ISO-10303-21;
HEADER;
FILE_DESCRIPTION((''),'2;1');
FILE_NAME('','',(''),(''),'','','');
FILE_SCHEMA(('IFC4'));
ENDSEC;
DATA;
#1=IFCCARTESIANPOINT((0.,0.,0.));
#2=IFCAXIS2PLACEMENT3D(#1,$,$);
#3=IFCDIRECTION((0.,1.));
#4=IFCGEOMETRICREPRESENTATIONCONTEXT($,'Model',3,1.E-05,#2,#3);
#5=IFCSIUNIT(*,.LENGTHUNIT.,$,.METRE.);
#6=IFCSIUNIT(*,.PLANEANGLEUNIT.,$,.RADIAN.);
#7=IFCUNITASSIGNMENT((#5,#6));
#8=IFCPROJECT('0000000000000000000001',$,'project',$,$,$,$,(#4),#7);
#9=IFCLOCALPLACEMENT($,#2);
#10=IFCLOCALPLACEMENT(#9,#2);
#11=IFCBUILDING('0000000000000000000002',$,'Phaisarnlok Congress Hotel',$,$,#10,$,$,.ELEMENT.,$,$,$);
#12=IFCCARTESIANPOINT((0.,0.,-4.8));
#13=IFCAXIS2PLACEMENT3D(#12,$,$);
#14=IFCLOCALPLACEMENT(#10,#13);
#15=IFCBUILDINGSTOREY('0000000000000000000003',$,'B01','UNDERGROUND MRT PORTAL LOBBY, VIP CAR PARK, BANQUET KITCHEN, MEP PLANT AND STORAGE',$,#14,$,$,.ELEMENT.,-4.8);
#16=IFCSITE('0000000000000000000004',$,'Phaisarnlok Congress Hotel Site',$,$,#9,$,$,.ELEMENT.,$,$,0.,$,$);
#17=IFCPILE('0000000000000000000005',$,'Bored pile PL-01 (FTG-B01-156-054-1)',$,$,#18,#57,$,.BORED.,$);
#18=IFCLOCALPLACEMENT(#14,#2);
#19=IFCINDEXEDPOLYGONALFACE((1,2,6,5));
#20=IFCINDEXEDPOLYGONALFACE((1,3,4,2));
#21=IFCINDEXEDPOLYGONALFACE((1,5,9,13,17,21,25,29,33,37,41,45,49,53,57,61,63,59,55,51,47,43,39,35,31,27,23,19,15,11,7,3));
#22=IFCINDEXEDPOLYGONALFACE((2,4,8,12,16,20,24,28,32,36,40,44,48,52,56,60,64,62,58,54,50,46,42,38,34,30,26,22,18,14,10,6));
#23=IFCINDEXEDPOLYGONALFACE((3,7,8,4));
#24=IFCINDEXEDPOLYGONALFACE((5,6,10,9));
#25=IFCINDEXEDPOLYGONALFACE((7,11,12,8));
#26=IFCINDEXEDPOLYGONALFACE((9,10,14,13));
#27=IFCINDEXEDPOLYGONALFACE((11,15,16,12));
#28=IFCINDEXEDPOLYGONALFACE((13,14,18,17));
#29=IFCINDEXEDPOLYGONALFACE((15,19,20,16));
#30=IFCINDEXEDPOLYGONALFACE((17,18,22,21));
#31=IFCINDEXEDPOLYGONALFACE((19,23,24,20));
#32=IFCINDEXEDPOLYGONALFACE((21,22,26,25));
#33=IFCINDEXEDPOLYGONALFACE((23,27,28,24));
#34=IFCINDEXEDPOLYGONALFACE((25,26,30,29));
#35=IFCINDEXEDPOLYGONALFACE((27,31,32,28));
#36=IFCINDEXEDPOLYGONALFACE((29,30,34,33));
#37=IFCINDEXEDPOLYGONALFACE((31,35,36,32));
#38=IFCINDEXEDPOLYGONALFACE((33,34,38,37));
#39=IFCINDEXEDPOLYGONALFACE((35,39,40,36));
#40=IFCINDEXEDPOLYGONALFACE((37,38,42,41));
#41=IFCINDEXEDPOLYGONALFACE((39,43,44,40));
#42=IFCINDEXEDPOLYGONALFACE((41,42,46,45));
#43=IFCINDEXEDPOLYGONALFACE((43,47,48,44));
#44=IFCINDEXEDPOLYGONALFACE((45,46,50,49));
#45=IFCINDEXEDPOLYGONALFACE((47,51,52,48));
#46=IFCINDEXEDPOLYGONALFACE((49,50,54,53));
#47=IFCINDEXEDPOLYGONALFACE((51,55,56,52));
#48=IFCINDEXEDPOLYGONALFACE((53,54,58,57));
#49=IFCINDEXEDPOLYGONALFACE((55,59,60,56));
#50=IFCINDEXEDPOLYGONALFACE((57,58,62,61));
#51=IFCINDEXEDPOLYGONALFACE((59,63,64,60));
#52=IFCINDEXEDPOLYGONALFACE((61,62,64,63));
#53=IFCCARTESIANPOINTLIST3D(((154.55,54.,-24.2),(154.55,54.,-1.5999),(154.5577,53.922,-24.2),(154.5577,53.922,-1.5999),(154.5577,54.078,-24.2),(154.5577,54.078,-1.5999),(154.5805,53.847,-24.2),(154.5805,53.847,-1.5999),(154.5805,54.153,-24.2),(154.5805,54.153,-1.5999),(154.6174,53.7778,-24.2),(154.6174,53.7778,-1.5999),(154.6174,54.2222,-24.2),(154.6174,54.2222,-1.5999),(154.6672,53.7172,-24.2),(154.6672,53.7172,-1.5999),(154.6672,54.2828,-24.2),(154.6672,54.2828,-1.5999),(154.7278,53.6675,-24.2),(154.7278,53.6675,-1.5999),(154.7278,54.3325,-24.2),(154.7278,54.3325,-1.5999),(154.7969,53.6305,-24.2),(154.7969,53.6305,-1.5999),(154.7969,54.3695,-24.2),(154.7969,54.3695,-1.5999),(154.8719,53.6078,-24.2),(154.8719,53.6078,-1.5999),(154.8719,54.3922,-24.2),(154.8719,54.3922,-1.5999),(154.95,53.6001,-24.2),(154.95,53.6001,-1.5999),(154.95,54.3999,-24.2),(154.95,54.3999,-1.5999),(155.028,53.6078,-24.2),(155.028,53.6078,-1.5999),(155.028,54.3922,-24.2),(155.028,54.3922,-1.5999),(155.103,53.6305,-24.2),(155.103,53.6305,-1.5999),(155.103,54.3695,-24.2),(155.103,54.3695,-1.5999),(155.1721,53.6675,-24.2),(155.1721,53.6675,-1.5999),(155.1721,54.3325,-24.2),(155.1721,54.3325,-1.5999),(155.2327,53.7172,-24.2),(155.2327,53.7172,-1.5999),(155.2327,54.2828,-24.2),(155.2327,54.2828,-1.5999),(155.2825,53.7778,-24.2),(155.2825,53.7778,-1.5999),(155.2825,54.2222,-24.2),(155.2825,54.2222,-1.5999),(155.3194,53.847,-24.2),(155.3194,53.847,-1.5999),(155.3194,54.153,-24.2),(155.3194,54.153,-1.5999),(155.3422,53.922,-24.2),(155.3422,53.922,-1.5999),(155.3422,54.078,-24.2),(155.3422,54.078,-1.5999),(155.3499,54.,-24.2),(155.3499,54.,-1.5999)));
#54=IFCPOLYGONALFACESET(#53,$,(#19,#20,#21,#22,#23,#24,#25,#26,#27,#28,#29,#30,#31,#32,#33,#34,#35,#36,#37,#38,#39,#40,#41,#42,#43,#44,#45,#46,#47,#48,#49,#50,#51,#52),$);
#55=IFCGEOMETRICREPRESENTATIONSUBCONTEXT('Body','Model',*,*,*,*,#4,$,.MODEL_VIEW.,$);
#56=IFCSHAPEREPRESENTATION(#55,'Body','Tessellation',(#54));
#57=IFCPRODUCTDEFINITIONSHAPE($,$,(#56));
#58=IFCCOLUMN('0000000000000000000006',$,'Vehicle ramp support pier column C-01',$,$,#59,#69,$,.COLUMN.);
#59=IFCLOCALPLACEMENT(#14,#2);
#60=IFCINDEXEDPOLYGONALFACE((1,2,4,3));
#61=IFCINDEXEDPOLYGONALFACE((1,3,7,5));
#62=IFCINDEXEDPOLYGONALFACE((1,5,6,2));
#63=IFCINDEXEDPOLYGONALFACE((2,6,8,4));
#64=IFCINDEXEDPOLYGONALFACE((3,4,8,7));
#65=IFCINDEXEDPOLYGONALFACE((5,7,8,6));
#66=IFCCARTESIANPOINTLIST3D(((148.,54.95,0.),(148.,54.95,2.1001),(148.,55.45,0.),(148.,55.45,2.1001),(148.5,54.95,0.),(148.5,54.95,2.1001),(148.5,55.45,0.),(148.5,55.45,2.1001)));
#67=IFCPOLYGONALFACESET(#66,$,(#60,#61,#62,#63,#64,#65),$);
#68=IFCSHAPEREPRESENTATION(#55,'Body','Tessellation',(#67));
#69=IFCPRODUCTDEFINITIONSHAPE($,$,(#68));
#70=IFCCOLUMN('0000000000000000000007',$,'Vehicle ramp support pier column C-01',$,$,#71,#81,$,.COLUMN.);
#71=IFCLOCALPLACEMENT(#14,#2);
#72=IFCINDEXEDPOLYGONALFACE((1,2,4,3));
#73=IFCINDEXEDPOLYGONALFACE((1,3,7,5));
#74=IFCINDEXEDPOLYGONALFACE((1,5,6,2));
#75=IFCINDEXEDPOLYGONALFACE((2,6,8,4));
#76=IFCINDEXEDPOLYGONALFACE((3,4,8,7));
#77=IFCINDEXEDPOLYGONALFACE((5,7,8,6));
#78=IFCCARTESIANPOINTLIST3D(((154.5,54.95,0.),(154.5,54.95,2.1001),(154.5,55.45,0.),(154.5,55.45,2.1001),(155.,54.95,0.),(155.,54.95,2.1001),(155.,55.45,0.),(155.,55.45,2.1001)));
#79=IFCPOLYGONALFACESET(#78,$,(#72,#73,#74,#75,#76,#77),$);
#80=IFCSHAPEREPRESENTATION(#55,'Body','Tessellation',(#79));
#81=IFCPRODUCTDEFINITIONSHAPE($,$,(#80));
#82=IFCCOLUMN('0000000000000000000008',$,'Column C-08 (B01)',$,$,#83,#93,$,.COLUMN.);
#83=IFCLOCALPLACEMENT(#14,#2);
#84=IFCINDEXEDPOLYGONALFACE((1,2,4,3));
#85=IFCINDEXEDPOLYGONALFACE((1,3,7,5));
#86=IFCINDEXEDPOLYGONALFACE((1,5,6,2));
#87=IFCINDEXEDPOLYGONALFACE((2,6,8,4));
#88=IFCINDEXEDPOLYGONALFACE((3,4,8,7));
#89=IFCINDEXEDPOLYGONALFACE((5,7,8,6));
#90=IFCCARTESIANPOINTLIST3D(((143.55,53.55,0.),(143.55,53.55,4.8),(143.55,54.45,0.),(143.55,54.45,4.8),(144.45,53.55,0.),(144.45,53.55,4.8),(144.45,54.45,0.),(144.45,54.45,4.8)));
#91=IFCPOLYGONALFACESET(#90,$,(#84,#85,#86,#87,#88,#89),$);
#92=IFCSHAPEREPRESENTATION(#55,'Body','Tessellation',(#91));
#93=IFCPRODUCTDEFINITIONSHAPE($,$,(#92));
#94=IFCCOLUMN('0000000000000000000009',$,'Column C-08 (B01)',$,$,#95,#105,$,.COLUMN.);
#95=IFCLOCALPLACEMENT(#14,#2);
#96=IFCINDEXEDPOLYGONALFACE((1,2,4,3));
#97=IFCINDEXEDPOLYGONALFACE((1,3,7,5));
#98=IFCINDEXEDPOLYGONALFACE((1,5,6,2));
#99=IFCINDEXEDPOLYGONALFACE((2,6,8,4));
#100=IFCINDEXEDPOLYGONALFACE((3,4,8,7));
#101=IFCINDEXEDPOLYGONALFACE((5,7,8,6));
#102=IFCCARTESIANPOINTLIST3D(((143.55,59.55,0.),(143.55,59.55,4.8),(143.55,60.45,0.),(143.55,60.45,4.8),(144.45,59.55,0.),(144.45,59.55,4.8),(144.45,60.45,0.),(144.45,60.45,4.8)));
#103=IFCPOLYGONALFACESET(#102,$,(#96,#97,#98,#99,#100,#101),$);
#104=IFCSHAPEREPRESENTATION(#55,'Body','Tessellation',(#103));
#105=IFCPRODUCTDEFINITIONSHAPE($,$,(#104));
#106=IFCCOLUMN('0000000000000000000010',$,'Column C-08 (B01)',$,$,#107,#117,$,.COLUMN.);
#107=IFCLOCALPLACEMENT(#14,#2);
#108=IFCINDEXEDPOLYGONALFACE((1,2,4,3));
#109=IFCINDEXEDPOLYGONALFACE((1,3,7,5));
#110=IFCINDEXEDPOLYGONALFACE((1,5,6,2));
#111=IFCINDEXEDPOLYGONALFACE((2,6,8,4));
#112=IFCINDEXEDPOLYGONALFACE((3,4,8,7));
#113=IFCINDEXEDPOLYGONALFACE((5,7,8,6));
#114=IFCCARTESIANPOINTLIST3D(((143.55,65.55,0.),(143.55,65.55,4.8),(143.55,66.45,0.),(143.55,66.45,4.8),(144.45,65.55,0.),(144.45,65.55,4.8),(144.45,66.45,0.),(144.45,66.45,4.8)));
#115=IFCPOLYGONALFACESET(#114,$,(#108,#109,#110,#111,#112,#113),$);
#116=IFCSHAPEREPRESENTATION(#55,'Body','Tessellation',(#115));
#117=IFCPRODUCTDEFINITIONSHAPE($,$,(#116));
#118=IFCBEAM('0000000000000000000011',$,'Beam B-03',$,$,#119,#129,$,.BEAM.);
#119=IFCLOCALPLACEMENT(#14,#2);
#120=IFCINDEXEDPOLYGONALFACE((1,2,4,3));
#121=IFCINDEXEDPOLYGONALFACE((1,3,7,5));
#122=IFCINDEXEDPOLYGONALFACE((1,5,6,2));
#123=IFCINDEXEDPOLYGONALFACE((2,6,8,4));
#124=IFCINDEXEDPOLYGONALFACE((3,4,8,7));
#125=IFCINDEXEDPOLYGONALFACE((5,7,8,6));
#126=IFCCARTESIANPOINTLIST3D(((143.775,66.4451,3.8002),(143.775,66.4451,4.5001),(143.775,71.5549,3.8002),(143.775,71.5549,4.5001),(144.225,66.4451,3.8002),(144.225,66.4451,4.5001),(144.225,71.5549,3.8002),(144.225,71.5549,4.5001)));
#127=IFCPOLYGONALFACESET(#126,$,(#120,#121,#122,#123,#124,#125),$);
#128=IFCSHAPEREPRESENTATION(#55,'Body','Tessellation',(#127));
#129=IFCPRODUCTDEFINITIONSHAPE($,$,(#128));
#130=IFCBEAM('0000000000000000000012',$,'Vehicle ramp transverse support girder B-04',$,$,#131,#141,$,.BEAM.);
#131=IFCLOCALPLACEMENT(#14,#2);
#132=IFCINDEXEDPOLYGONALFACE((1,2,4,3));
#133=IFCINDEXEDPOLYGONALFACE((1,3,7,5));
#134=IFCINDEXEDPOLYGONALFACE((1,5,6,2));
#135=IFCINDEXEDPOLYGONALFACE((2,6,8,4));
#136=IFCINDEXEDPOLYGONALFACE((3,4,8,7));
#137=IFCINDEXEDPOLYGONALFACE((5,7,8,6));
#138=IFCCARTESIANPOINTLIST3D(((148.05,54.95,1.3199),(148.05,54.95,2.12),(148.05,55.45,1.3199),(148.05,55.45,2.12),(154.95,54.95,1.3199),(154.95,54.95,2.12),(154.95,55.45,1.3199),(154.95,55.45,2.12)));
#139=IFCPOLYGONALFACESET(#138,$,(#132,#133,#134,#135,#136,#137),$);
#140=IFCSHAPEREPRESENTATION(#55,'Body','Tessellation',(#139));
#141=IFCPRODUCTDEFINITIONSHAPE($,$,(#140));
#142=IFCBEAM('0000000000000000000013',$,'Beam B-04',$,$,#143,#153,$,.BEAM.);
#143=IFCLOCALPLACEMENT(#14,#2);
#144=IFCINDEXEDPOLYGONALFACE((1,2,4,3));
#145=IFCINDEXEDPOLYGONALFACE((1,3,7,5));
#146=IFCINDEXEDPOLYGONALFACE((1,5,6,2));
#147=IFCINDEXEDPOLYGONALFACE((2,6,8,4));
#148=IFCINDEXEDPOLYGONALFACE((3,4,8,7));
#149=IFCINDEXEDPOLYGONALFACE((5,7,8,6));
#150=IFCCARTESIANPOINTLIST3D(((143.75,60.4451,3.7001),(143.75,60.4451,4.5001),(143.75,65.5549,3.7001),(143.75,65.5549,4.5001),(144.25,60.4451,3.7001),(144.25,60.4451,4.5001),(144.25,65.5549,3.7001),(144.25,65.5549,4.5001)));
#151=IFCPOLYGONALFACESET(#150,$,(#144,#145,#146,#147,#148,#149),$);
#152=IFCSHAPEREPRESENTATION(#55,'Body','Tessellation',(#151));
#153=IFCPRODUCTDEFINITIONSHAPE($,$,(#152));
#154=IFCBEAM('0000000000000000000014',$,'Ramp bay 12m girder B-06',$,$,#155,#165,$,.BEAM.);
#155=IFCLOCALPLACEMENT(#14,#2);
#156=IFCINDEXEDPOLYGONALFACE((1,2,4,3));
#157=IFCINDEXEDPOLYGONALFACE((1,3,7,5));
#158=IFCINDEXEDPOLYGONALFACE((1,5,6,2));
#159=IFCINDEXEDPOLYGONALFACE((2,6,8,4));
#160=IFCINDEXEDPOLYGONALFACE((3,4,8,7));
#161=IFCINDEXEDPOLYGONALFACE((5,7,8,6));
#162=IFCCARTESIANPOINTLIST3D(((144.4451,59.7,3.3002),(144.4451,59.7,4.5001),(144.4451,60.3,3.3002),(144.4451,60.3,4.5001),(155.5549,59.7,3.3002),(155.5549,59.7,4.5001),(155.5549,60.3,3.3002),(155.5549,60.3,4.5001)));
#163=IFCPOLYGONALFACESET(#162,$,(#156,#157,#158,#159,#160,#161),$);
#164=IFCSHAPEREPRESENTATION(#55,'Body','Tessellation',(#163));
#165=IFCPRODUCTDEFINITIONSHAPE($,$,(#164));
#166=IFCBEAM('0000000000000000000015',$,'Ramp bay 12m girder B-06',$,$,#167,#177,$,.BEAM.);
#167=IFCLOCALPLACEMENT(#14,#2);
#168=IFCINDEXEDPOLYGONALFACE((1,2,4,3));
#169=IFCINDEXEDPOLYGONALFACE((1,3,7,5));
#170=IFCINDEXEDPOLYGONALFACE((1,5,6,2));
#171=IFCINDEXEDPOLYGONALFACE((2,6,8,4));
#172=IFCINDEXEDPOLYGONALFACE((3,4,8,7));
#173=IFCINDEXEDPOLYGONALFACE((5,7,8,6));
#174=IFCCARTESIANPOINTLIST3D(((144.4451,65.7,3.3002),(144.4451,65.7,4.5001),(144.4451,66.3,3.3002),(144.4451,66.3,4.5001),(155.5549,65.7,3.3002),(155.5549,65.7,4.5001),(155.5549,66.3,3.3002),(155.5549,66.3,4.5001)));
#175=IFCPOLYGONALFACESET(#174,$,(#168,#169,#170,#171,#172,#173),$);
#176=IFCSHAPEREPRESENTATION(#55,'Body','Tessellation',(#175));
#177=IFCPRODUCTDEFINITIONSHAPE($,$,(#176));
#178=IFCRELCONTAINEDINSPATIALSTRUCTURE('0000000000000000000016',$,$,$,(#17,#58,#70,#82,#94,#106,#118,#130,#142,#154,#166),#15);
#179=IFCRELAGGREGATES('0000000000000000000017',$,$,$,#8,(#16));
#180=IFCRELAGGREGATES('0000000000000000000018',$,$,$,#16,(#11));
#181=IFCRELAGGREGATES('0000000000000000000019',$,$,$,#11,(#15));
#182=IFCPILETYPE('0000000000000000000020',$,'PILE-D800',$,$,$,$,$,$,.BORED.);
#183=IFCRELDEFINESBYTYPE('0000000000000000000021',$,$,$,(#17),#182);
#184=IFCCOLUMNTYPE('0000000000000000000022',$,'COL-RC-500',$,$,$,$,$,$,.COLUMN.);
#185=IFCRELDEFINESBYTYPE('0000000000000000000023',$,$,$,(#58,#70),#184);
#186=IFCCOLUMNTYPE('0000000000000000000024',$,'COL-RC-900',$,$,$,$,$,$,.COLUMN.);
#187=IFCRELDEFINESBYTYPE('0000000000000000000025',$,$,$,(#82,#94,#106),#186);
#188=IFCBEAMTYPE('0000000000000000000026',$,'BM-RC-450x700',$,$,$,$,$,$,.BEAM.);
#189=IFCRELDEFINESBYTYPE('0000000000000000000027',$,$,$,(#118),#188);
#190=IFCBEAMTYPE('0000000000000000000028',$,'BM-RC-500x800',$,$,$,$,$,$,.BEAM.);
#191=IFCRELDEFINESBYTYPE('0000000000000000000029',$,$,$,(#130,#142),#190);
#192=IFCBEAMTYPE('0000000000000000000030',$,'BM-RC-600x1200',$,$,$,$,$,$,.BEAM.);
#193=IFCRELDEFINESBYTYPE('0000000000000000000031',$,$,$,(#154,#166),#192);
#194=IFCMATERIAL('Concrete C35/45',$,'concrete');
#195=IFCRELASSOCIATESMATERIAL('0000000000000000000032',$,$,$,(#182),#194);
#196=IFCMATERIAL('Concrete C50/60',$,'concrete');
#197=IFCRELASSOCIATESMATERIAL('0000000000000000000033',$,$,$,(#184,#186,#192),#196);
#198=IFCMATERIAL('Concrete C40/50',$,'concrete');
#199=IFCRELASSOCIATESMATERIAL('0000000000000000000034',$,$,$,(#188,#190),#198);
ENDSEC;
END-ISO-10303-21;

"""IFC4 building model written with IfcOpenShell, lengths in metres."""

from ifc_helpers import new_model, si_unit, direction, frame, origin, origin_2d, place, context, subcontext, project, spatial, rectangle, circle, extrude, material, material_profile, profile_set, type_object, element, save


model = new_model("IFC4")

# Units and contexts
model_context = context("Model", 3, precision=1e-05, world=origin(), true_north=direction((0.0, 1.0)))
body_context = subcontext(model_context, "Body", "Model", "MODEL_VIEW")
ifc_project = project(units=[si_unit("LENGTHUNIT", "METRE"), si_unit("PLANEANGLEUNIT", "RADIAN")], contexts=[model_context])

# Site, building, storey
site_placement = place(None, origin())
site = spatial("IfcSite", under=ifc_project, at=site_placement, Name="Phaisarnlok Congress Hotel Site", CompositionType="ELEMENT", RefElevation=0.0)
building_placement = place(site_placement, origin())
building = spatial("IfcBuilding", under=site, at=building_placement, Name="Phaisarnlok Congress Hotel", CompositionType="ELEMENT")
storey_placement = place(building_placement, frame((0.0, 0.0, -4.8)))
storey = spatial("IfcBuildingStorey", under=building, at=storey_placement, Name="B01", Description="UNDERGROUND MRT PORTAL LOBBY, VIP CAR PARK, BANQUET KITCHEN, MEP PLANT AND STORAGE", CompositionType="ELEMENT", Elevation=-4.8)

# Shared definitions
ifc_material_1 = material(Name="Concrete C40/50", Category="concrete")

# Pile
ifc_material_2 = material(Name="Concrete C35/45", Category="concrete")
ifc_material_profile_1 = material_profile(ifc_material_2, circle(Radius=0.3999, at=origin_2d()), Name="BORED PILE D800")
ifc_profile_set_1 = profile_set([ifc_material_profile_1], Name="Concrete C35/45")
pile_type_1 = type_object("IfcPileType", Name="PILE-D800", PredefinedType="BORED", material=ifc_profile_set_1)
pile_1_placement = place(storey_placement, frame((154.95, 54.0, -1.5999), z_axis=(0.0, 0.0, -1.0), x_axis=(1.0, 0.0, 0.0)))
element("IfcPile", 1, at=pile_1_placement, inside=storey, type_object=pile_type_1, Name="Bored pile PL-01 (FTG-B01-156-054-1)", PredefinedType="BORED", context=body_context, shape_type="SweptSolid", body=[
    extrude(circle(Radius=0.3999, at=origin_2d()), origin(), (0.0, 0.0, 1.0), 22.6001),
])

# Columns
ifc_material_3 = material(Name="Concrete C50/60", Category="concrete")
ifc_material_profile_2 = material_profile(ifc_material_3, rectangle(XDim=0.5, YDim=0.5, at=origin_2d()), Name="RC 500x500")
ifc_profile_set_2 = profile_set([ifc_material_profile_2], Name="Concrete C50/60")
column_type_1 = type_object("IfcColumnType", Name="COL-RC-500", PredefinedType="COLUMN", material=ifc_profile_set_2)
for number, where, z_axis, x_axis, name in (
    (2, (148.25, 55.2, 0.0), (0.0, 0.0, 1.0), (1.0, 0.0, 0.0), "Vehicle ramp support pier column C-01"),
    (3, (154.75, 55.2, 0.0), (0.0, 0.0, 1.0), (1.0, 0.0, 0.0), "Vehicle ramp support pier column C-01"),
):
    element("IfcColumn", number, at=place(storey_placement, frame(where, z_axis=z_axis, x_axis=x_axis)), inside=storey, type_object=column_type_1, Name=name, PredefinedType="COLUMN", context=body_context, shape_type="SweptSolid", body=[
        extrude(rectangle(XDim=0.5, YDim=0.5, at=origin_2d()), origin(), (0.0, 0.0, 1.0), 2.1001),
    ])
ifc_material_profile_3 = material_profile(ifc_material_3, rectangle(XDim=0.8999, YDim=0.8999, at=origin_2d()), Name="RC 900x900")
ifc_profile_set_3 = profile_set([ifc_material_profile_3], Name="Concrete C50/60")
column_type_2 = type_object("IfcColumnType", Name="COL-RC-900", PredefinedType="COLUMN", material=ifc_profile_set_3)
for number, where, z_axis, x_axis, name in (
    (4, (144.0, 54.0, 0.0), (0.0, 0.0, 1.0), (1.0, 0.0, 0.0), "Column C-08 (B01)"),
    (5, (144.0, 60.0, 0.0), (0.0, 0.0, 1.0), (1.0, 0.0, 0.0), "Column C-08 (B01)"),
    (6, (144.0, 66.0, 0.0), (0.0, 0.0, 1.0), (1.0, 0.0, 0.0), "Column C-08 (B01)"),
):
    element("IfcColumn", number, at=place(storey_placement, frame(where, z_axis=z_axis, x_axis=x_axis)), inside=storey, type_object=column_type_2, Name=name, PredefinedType="COLUMN", context=body_context, shape_type="SweptSolid", body=[
        extrude(rectangle(XDim=0.8999, YDim=0.8999, at=origin_2d()), origin(), (0.0, 0.0, 1.0), 4.8),
    ])

# Beams
ifc_material_profile_4 = material_profile(ifc_material_1, rectangle(XDim=0.45, YDim=0.7, at=origin_2d()), Name="RC 450x700")
ifc_profile_set_4 = profile_set([ifc_material_profile_4], Name="Concrete C40/50")
beam_type_1 = type_object("IfcBeamType", Name="BM-RC-450x700", PredefinedType="BEAM", material=ifc_profile_set_4)
beam_1_placement = place(storey_placement, frame((144.0, 66.4451, 4.1501), z_axis=(0.0, 1.0, 0.0), x_axis=(-1.0, 0.0, 0.0)))
element("IfcBeam", 7, at=beam_1_placement, inside=storey, type_object=beam_type_1, Name="Beam B-03", PredefinedType="BEAM", context=body_context, shape_type="SweptSolid", body=[
    extrude(rectangle(XDim=0.45, YDim=0.7, at=origin_2d()), origin(), (0.0, 0.0, 1.0), 5.1099),
])
ifc_material_profile_5 = material_profile(ifc_material_1, rectangle(XDim=0.5, YDim=0.8, at=origin_2d()), Name="RC 500x800")
ifc_profile_set_5 = profile_set([ifc_material_profile_5], Name="Concrete C40/50")
beam_type_2 = type_object("IfcBeamType", Name="BM-RC-500x800", PredefinedType="BEAM", material=ifc_profile_set_5)
beam_2_placement = place(storey_placement, frame((148.05, 55.2, 1.72), z_axis=(1.0, 0.0, 0.0), x_axis=(0.0, 1.0, 0.0)))
element("IfcBeam", 8, at=beam_2_placement, inside=storey, type_object=beam_type_2, Name="Vehicle ramp transverse support girder B-04", PredefinedType="BEAM", context=body_context, shape_type="SweptSolid", body=[
    extrude(rectangle(XDim=0.5, YDim=0.8, at=origin_2d()), origin(), (0.0, 0.0, 1.0), 6.8999),
])
beam_3_placement = place(storey_placement, frame((144.0, 60.4451, 4.1001), z_axis=(0.0, 1.0, 0.0), x_axis=(-1.0, 0.0, 0.0)))
element("IfcBeam", 9, at=beam_3_placement, inside=storey, type_object=beam_type_2, Name="Beam B-04", PredefinedType="BEAM", context=body_context, shape_type="SweptSolid", body=[
    extrude(rectangle(XDim=0.5, YDim=0.8, at=origin_2d()), origin(), (0.0, 0.0, 1.0), 5.1099),
])
ifc_material_profile_6 = material_profile(ifc_material_3, rectangle(XDim=0.6001, YDim=1.2, at=origin_2d()), Name="RC 600x1200")
ifc_profile_set_6 = profile_set([ifc_material_profile_6], Name="Concrete C50/60")
beam_type_3 = type_object("IfcBeamType", Name="BM-RC-600x1200", PredefinedType="BEAM", material=ifc_profile_set_6)
for number, where, z_axis, x_axis, name in (
    (10, (144.4451, 60.0, 3.9001), (1.0, 0.0, 0.0), (0.0, 1.0, 0.0), "Ramp bay 12m girder B-06"),
    (11, (144.4451, 66.0, 3.9001), (1.0, 0.0, 0.0), (0.0, 1.0, 0.0), "Ramp bay 12m girder B-06"),
):
    element("IfcBeam", number, at=place(storey_placement, frame(where, z_axis=z_axis, x_axis=x_axis)), inside=storey, type_object=beam_type_3, Name=name, PredefinedType="BEAM", context=body_context, shape_type="SweptSolid", body=[
        extrude(rectangle(XDim=0.6001, YDim=1.2, at=origin_2d()), origin(), (0.0, 0.0, 1.0), 11.1099),
    ])

save(model, "model.ifc")
